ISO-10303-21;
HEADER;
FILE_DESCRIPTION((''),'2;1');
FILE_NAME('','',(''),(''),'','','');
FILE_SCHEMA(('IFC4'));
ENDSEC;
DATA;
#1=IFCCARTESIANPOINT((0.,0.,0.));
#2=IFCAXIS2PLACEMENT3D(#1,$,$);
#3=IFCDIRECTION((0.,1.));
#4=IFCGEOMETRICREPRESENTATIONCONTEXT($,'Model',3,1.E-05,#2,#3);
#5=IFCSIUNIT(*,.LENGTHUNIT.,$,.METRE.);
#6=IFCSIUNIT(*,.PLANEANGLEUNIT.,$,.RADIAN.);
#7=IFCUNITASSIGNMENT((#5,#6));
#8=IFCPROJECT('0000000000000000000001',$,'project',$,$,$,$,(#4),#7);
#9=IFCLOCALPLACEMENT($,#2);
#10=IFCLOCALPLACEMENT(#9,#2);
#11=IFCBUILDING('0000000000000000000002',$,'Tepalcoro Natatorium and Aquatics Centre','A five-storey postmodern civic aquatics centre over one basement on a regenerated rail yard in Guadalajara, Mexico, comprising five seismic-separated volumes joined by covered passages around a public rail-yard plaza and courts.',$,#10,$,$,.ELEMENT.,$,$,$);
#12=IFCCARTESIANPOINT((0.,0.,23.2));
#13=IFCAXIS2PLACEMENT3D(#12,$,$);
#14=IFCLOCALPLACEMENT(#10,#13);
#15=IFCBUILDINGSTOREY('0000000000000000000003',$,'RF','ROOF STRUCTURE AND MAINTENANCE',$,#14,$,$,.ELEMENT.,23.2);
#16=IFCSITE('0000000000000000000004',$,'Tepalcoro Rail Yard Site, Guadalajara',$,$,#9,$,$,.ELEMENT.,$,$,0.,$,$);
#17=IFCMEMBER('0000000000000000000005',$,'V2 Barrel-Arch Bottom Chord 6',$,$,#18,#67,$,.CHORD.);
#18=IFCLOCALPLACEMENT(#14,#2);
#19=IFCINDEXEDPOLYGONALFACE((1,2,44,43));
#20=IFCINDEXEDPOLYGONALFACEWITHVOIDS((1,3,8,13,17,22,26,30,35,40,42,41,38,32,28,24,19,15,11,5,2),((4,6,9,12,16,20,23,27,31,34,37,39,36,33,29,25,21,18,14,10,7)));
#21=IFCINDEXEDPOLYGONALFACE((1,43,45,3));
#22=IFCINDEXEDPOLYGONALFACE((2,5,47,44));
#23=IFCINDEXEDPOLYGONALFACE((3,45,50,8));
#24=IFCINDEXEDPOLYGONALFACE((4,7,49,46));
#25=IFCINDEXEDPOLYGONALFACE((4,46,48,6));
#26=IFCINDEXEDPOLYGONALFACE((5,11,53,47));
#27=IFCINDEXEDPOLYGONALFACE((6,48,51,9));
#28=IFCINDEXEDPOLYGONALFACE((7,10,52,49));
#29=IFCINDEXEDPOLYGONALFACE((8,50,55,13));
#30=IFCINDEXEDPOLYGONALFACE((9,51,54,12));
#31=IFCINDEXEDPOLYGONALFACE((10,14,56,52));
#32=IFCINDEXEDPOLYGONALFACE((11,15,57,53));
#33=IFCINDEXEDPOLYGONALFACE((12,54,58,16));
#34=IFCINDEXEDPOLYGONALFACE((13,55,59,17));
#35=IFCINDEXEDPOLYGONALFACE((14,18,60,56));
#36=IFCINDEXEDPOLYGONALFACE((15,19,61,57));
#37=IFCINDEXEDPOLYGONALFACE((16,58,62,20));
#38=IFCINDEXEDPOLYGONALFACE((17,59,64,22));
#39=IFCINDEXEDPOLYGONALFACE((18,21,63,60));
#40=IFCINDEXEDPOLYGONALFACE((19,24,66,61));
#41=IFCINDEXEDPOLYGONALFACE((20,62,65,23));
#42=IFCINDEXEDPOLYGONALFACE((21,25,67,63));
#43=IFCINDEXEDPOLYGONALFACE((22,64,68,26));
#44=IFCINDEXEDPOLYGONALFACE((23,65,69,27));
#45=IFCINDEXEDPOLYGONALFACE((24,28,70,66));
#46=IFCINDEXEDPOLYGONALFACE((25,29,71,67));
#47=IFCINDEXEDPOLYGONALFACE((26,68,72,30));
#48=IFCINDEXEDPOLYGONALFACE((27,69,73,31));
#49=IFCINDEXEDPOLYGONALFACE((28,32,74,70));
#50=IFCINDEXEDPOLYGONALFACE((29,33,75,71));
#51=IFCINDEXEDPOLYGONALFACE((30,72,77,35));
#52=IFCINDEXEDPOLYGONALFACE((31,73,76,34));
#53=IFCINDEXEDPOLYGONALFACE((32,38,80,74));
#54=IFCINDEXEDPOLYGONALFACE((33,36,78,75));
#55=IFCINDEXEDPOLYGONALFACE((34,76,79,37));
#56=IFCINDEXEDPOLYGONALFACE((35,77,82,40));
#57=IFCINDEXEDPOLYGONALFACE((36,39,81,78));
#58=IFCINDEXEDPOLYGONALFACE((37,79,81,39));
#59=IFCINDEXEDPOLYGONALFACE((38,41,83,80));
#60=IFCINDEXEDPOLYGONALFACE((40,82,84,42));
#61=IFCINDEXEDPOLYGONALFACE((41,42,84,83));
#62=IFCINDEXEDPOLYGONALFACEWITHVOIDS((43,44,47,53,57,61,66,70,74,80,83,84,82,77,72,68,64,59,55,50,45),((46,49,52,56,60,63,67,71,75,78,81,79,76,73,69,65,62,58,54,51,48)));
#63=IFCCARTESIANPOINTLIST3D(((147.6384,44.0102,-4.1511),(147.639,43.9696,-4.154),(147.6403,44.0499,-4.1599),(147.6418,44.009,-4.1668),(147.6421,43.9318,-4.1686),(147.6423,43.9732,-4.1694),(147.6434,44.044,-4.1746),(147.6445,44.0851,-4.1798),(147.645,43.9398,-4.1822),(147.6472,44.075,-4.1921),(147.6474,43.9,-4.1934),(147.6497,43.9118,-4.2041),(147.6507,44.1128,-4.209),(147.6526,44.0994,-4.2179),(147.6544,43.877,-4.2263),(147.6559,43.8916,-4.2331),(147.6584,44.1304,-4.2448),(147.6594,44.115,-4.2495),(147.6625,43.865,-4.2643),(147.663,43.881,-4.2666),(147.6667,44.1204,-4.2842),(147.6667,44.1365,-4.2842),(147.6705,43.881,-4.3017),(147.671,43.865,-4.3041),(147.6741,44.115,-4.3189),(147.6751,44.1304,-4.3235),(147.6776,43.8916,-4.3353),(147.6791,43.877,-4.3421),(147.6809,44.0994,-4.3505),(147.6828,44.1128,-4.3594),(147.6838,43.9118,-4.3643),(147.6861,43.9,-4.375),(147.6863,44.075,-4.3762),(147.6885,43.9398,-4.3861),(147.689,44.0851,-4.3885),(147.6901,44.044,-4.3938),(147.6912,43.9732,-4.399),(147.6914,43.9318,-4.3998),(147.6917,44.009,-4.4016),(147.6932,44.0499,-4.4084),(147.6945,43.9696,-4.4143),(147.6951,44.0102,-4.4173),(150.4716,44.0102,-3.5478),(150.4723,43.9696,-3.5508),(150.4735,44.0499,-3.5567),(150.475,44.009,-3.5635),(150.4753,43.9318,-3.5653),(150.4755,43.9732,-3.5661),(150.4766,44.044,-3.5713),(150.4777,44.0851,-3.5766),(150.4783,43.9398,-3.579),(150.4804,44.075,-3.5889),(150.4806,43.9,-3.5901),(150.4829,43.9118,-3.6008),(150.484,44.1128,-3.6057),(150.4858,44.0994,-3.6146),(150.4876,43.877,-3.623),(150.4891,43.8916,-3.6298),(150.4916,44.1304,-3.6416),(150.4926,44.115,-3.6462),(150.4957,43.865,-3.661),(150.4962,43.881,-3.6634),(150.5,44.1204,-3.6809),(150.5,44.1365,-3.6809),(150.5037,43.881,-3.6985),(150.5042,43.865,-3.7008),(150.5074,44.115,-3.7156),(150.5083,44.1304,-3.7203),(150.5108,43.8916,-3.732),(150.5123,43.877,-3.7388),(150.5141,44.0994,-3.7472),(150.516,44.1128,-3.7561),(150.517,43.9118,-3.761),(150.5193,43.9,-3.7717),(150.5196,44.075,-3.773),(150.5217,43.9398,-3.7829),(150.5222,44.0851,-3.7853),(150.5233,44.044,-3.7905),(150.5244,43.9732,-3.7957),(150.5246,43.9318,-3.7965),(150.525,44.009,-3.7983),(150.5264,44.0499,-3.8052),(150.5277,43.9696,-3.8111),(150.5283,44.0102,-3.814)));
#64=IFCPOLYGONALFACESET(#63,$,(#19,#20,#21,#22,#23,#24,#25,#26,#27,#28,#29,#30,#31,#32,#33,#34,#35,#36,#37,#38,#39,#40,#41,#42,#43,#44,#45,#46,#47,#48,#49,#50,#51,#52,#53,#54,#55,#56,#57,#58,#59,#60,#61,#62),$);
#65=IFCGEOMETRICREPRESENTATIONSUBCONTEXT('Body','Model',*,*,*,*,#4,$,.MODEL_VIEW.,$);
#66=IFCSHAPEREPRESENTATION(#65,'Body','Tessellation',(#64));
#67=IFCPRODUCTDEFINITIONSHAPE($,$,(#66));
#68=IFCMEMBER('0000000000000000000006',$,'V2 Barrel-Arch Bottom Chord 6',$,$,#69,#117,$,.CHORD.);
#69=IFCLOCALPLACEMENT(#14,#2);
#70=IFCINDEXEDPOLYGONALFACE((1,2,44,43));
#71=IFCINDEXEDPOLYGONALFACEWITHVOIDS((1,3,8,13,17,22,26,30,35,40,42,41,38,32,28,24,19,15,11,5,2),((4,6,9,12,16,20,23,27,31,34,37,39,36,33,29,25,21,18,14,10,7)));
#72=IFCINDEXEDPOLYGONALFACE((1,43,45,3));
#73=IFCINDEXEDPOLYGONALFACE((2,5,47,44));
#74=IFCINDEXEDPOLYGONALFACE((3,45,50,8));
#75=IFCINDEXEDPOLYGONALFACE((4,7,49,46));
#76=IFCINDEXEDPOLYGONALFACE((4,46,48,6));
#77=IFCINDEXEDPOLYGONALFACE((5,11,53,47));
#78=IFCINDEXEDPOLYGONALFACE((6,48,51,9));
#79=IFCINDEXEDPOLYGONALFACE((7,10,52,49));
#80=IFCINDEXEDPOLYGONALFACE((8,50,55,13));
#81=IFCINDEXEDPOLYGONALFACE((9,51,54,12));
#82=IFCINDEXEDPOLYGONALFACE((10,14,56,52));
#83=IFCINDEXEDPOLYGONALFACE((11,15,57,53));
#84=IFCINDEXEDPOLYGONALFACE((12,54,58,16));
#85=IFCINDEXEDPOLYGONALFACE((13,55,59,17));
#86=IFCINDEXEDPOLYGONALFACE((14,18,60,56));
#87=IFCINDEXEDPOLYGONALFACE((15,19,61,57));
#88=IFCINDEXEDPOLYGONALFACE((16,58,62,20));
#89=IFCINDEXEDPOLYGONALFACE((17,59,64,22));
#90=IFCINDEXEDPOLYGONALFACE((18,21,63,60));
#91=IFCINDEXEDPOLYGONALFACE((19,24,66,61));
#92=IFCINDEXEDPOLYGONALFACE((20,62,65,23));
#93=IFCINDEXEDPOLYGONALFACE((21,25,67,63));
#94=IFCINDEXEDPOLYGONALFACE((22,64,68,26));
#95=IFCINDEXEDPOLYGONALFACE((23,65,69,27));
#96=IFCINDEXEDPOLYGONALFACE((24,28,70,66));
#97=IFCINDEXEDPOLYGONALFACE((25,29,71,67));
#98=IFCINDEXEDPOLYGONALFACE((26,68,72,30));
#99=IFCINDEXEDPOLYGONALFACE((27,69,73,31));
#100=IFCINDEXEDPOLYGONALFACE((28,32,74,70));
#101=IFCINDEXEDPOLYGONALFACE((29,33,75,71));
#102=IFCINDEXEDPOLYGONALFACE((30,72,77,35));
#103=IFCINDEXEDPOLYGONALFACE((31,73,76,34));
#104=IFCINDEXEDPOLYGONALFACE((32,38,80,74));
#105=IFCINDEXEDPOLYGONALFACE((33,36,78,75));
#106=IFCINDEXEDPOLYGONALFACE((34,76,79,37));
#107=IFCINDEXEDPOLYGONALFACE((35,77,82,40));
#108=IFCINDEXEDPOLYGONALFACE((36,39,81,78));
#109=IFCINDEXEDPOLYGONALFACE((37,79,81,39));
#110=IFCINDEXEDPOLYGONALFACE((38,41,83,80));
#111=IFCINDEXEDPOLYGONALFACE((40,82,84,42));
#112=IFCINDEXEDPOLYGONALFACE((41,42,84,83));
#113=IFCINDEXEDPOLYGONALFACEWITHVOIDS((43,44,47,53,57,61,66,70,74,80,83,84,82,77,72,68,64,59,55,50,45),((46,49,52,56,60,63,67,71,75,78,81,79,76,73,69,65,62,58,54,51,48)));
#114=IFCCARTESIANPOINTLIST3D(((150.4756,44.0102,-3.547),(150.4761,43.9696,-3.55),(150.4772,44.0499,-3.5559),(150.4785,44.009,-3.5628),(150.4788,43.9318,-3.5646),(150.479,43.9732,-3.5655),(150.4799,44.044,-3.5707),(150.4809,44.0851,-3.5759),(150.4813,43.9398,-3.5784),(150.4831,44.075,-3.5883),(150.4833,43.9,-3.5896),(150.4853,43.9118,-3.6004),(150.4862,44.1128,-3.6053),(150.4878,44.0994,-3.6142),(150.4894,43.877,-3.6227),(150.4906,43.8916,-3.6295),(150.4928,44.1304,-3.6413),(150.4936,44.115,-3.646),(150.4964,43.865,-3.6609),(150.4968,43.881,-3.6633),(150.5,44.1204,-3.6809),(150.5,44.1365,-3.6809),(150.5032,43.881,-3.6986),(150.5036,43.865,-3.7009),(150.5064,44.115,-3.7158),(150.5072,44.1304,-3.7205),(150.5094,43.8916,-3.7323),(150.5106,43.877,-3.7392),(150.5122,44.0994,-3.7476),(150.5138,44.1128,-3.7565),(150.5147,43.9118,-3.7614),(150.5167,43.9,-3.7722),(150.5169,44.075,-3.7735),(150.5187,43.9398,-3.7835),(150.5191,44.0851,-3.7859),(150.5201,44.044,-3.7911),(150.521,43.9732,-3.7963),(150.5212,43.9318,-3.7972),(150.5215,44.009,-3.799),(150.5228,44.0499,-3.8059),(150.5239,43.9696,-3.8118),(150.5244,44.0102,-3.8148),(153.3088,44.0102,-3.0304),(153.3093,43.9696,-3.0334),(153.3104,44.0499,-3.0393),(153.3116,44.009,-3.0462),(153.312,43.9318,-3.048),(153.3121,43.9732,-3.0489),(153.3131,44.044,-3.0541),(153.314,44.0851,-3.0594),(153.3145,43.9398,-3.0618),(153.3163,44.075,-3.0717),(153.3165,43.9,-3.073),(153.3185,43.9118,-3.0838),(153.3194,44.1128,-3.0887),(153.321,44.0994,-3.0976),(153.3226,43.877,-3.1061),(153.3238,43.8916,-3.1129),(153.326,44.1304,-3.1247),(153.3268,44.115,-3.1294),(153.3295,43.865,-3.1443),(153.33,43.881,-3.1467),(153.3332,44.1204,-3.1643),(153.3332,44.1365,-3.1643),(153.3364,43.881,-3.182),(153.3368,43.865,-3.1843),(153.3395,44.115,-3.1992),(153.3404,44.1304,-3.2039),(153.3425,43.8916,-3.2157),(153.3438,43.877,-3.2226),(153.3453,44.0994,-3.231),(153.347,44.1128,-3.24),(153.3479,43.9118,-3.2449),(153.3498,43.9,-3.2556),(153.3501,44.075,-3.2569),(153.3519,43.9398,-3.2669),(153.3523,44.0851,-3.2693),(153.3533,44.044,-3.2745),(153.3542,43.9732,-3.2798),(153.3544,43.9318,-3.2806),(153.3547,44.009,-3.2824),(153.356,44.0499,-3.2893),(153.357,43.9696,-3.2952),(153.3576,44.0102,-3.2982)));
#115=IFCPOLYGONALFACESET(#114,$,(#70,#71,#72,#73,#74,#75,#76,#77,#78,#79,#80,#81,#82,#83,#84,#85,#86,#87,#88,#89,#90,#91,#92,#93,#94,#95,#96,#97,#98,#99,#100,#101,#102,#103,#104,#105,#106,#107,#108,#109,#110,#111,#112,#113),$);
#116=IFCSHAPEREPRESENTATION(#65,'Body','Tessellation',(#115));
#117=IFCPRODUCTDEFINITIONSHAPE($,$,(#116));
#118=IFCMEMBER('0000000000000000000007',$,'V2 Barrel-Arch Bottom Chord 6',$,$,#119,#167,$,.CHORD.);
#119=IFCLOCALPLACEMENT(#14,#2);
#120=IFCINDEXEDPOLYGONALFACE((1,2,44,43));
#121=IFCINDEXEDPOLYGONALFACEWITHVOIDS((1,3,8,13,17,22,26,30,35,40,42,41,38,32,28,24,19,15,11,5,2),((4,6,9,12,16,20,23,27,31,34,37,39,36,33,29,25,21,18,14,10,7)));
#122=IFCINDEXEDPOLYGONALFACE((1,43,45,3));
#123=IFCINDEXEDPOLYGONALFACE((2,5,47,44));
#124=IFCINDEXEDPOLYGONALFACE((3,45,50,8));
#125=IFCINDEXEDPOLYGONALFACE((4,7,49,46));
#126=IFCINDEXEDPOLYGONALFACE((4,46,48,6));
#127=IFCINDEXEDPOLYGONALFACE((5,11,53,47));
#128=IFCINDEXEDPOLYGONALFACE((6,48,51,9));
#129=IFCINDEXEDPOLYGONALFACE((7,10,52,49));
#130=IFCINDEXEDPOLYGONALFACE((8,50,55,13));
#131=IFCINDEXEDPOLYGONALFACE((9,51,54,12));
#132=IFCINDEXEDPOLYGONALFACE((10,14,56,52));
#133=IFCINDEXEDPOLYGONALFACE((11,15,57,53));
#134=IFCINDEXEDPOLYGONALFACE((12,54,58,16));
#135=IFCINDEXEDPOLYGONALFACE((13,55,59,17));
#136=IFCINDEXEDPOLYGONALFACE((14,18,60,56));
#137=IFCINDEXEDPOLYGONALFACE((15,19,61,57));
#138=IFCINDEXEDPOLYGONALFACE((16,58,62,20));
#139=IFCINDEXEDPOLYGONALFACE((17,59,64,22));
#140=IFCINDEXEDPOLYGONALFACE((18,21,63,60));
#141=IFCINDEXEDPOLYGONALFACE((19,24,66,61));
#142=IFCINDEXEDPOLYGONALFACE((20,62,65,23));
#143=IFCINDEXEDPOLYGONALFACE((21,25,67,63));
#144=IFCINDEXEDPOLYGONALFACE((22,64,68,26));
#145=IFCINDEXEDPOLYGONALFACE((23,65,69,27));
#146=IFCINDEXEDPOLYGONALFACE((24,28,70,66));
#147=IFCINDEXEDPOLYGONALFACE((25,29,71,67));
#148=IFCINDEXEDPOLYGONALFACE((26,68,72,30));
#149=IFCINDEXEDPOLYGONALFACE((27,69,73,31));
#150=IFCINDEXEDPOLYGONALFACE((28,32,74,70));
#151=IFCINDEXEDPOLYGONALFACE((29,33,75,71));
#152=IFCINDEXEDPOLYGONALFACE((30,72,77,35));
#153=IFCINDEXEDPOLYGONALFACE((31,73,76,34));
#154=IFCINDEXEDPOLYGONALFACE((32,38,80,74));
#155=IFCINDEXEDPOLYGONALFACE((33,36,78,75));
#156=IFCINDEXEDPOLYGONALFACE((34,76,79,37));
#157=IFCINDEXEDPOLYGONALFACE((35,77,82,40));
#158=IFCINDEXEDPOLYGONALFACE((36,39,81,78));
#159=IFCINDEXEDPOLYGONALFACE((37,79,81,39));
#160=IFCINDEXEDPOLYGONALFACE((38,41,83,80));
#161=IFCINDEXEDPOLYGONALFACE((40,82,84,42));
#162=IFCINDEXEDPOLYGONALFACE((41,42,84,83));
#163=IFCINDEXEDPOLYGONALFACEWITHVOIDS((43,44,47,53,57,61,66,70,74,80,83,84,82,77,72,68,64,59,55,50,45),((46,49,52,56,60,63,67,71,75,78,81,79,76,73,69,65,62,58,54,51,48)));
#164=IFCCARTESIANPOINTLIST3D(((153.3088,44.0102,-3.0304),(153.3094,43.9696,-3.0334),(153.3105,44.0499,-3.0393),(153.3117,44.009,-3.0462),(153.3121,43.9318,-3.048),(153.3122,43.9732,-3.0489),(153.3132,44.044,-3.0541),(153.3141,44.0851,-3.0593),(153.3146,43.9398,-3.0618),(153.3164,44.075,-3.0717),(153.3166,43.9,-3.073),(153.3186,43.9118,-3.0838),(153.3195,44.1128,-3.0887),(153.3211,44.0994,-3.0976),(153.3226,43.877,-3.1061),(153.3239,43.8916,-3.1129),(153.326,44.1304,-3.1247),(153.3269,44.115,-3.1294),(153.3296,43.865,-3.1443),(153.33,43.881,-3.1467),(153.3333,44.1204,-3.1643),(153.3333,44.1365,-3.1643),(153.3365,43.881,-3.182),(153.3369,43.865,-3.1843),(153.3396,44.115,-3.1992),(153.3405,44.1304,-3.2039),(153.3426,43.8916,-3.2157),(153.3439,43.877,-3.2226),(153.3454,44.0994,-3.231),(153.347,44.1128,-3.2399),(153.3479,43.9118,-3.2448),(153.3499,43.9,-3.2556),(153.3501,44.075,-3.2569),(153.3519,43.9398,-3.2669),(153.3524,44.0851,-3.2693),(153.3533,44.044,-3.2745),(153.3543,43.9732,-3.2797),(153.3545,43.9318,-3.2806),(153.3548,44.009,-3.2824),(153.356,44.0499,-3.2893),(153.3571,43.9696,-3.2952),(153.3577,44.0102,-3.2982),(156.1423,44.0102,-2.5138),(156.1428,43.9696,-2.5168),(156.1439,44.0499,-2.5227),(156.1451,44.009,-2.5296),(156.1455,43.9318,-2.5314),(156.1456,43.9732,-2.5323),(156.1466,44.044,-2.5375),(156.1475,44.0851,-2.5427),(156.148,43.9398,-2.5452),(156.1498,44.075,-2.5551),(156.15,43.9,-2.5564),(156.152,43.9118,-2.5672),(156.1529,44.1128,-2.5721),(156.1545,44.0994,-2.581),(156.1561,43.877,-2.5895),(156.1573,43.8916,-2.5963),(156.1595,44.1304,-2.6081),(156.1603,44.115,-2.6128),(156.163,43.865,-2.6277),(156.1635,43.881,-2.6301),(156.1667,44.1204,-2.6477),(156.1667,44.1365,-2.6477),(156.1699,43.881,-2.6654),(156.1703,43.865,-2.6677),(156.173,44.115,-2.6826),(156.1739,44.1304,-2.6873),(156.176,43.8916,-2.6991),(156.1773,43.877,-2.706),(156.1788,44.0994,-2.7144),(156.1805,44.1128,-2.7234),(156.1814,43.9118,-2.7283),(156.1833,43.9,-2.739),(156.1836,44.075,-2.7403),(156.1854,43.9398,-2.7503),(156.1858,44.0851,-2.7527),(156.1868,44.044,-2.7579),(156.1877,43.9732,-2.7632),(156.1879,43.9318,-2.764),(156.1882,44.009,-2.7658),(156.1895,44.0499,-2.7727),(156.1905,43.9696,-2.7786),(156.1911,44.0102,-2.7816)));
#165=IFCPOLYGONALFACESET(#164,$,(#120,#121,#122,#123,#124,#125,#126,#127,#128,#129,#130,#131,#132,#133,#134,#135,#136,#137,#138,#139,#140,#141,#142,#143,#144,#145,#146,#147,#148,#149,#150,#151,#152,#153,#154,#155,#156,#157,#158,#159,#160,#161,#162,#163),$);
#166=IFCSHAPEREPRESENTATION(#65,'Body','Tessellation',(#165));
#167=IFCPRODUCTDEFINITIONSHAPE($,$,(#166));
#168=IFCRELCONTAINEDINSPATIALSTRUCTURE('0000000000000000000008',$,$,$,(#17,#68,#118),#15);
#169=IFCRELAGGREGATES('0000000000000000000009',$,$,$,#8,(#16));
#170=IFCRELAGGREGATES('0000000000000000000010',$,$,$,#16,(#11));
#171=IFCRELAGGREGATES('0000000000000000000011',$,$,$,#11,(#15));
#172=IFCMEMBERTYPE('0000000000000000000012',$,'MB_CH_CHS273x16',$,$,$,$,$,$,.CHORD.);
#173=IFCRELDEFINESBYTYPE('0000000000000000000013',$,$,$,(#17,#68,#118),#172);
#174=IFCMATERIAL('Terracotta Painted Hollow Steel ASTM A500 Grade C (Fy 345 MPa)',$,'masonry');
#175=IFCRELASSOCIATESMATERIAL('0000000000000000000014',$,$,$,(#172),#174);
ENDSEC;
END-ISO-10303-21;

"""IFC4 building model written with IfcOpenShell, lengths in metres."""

from ifc_helpers import new_model, si_unit, direction, frame, origin, origin_2d, place, context, subcontext, project, spatial, hollow_circle, extrude, material, material_profile, profile_set, type_object, element, save


model = new_model("IFC4")

# Units and contexts
model_context = context("Model", 3, precision=1e-05, world=origin(), true_north=direction((0.0, 1.0)))
body_context = subcontext(model_context, "Body", "Model", "MODEL_VIEW")
ifc_project = project(units=[si_unit("LENGTHUNIT", "METRE"), si_unit("PLANEANGLEUNIT", "RADIAN")], contexts=[model_context])

# Site, building, storey
site_placement = place(None, origin())
site = spatial("IfcSite", under=ifc_project, at=site_placement, Name="Tepalcoro Rail Yard Site, Guadalajara", CompositionType="ELEMENT", RefElevation=0.0)
building_placement = place(site_placement, origin())
building = spatial("IfcBuilding", under=site, at=building_placement, Name="Tepalcoro Natatorium and Aquatics Centre", Description="A five-storey postmodern civic aquatics centre over one basement on a regenerated rail yard in Guadalajara, Mexico, comprising five seismic-separated volumes joined by covered passages around a public rail-yard plaza and courts.", CompositionType="ELEMENT")
storey_placement = place(building_placement, frame((0.0, 0.0, 23.2)))
storey = spatial("IfcBuildingStorey", under=building, at=storey_placement, Name="RF", Description="ROOF STRUCTURE AND MAINTENANCE", CompositionType="ELEMENT", Elevation=23.2)

# Shared definitions
ifc_material_1 = material(Name="Terracotta Painted Hollow Steel ASTM A500 Grade C (Fy 345 MPa)", Category="masonry")

# Members
ifc_material_profile_1 = material_profile(ifc_material_1, hollow_circle(Radius=0.1365, WallThickness=0.0161, at=origin_2d()), Name="CHS273X16")
ifc_profile_set_1 = profile_set([ifc_material_profile_1], Name="Terracotta Painted Hollow Steel ASTM A500 Grade C (Fy 345 MPa)")
member_type_1 = type_object("IfcMemberType", Name="MB_CH_CHS273x16", PredefinedType="CHORD", material=ifc_profile_set_1)
member_1_placement = place(storey_placement, frame((147.6667, 44.0, -4.2842), z_axis=(0.978074, 0.0, 0.208257), x_axis=(0.0, 1.0, 0.0)))
element("IfcMember", 1, at=member_1_placement, inside=storey, type_object=member_type_1, Name="V2 Barrel-Arch Bottom Chord 6", PredefinedType="CHORD", context=body_context, shape_type="SweptSolid", body=[
    extrude(hollow_circle(Radius=0.1365, WallThickness=0.0161, at=origin_2d()), origin(), (0.0, 0.0, 1.0), 2.8967),
])
member_2_placement = place(storey_placement, frame((150.5, 44.0, -3.6809), z_axis=(0.98378, 0.0, 0.179378), x_axis=(0.0, 1.0, 0.0)))
element("IfcMember", 2, at=member_2_placement, inside=storey, type_object=member_type_1, Name="V2 Barrel-Arch Bottom Chord 6", PredefinedType="CHORD", context=body_context, shape_type="SweptSolid", body=[
    extrude(hollow_circle(Radius=0.1365, WallThickness=0.0161, at=origin_2d()), origin(), (0.0, 0.0, 1.0), 2.8799),
])
for number, where, z_axis, x_axis, name in (
    (3, (153.3333, 44.0, -3.1643), (0.983783, 0.0, 0.179363), (0.0, 1.0, 0.0), "V2 Barrel-Arch Bottom Chord 6"),
):
    element("IfcMember", number, at=place(storey_placement, frame(where, z_axis=z_axis, x_axis=x_axis)), inside=storey, type_object=member_type_1, Name=name, PredefinedType="CHORD", context=body_context, shape_type="SweptSolid", body=[
        extrude(hollow_circle(Radius=0.1365, WallThickness=0.0161, at=origin_2d()), origin(), (0.0, 0.0, 1.0), 2.8801),
    ])

save(model, "model.ifc")
